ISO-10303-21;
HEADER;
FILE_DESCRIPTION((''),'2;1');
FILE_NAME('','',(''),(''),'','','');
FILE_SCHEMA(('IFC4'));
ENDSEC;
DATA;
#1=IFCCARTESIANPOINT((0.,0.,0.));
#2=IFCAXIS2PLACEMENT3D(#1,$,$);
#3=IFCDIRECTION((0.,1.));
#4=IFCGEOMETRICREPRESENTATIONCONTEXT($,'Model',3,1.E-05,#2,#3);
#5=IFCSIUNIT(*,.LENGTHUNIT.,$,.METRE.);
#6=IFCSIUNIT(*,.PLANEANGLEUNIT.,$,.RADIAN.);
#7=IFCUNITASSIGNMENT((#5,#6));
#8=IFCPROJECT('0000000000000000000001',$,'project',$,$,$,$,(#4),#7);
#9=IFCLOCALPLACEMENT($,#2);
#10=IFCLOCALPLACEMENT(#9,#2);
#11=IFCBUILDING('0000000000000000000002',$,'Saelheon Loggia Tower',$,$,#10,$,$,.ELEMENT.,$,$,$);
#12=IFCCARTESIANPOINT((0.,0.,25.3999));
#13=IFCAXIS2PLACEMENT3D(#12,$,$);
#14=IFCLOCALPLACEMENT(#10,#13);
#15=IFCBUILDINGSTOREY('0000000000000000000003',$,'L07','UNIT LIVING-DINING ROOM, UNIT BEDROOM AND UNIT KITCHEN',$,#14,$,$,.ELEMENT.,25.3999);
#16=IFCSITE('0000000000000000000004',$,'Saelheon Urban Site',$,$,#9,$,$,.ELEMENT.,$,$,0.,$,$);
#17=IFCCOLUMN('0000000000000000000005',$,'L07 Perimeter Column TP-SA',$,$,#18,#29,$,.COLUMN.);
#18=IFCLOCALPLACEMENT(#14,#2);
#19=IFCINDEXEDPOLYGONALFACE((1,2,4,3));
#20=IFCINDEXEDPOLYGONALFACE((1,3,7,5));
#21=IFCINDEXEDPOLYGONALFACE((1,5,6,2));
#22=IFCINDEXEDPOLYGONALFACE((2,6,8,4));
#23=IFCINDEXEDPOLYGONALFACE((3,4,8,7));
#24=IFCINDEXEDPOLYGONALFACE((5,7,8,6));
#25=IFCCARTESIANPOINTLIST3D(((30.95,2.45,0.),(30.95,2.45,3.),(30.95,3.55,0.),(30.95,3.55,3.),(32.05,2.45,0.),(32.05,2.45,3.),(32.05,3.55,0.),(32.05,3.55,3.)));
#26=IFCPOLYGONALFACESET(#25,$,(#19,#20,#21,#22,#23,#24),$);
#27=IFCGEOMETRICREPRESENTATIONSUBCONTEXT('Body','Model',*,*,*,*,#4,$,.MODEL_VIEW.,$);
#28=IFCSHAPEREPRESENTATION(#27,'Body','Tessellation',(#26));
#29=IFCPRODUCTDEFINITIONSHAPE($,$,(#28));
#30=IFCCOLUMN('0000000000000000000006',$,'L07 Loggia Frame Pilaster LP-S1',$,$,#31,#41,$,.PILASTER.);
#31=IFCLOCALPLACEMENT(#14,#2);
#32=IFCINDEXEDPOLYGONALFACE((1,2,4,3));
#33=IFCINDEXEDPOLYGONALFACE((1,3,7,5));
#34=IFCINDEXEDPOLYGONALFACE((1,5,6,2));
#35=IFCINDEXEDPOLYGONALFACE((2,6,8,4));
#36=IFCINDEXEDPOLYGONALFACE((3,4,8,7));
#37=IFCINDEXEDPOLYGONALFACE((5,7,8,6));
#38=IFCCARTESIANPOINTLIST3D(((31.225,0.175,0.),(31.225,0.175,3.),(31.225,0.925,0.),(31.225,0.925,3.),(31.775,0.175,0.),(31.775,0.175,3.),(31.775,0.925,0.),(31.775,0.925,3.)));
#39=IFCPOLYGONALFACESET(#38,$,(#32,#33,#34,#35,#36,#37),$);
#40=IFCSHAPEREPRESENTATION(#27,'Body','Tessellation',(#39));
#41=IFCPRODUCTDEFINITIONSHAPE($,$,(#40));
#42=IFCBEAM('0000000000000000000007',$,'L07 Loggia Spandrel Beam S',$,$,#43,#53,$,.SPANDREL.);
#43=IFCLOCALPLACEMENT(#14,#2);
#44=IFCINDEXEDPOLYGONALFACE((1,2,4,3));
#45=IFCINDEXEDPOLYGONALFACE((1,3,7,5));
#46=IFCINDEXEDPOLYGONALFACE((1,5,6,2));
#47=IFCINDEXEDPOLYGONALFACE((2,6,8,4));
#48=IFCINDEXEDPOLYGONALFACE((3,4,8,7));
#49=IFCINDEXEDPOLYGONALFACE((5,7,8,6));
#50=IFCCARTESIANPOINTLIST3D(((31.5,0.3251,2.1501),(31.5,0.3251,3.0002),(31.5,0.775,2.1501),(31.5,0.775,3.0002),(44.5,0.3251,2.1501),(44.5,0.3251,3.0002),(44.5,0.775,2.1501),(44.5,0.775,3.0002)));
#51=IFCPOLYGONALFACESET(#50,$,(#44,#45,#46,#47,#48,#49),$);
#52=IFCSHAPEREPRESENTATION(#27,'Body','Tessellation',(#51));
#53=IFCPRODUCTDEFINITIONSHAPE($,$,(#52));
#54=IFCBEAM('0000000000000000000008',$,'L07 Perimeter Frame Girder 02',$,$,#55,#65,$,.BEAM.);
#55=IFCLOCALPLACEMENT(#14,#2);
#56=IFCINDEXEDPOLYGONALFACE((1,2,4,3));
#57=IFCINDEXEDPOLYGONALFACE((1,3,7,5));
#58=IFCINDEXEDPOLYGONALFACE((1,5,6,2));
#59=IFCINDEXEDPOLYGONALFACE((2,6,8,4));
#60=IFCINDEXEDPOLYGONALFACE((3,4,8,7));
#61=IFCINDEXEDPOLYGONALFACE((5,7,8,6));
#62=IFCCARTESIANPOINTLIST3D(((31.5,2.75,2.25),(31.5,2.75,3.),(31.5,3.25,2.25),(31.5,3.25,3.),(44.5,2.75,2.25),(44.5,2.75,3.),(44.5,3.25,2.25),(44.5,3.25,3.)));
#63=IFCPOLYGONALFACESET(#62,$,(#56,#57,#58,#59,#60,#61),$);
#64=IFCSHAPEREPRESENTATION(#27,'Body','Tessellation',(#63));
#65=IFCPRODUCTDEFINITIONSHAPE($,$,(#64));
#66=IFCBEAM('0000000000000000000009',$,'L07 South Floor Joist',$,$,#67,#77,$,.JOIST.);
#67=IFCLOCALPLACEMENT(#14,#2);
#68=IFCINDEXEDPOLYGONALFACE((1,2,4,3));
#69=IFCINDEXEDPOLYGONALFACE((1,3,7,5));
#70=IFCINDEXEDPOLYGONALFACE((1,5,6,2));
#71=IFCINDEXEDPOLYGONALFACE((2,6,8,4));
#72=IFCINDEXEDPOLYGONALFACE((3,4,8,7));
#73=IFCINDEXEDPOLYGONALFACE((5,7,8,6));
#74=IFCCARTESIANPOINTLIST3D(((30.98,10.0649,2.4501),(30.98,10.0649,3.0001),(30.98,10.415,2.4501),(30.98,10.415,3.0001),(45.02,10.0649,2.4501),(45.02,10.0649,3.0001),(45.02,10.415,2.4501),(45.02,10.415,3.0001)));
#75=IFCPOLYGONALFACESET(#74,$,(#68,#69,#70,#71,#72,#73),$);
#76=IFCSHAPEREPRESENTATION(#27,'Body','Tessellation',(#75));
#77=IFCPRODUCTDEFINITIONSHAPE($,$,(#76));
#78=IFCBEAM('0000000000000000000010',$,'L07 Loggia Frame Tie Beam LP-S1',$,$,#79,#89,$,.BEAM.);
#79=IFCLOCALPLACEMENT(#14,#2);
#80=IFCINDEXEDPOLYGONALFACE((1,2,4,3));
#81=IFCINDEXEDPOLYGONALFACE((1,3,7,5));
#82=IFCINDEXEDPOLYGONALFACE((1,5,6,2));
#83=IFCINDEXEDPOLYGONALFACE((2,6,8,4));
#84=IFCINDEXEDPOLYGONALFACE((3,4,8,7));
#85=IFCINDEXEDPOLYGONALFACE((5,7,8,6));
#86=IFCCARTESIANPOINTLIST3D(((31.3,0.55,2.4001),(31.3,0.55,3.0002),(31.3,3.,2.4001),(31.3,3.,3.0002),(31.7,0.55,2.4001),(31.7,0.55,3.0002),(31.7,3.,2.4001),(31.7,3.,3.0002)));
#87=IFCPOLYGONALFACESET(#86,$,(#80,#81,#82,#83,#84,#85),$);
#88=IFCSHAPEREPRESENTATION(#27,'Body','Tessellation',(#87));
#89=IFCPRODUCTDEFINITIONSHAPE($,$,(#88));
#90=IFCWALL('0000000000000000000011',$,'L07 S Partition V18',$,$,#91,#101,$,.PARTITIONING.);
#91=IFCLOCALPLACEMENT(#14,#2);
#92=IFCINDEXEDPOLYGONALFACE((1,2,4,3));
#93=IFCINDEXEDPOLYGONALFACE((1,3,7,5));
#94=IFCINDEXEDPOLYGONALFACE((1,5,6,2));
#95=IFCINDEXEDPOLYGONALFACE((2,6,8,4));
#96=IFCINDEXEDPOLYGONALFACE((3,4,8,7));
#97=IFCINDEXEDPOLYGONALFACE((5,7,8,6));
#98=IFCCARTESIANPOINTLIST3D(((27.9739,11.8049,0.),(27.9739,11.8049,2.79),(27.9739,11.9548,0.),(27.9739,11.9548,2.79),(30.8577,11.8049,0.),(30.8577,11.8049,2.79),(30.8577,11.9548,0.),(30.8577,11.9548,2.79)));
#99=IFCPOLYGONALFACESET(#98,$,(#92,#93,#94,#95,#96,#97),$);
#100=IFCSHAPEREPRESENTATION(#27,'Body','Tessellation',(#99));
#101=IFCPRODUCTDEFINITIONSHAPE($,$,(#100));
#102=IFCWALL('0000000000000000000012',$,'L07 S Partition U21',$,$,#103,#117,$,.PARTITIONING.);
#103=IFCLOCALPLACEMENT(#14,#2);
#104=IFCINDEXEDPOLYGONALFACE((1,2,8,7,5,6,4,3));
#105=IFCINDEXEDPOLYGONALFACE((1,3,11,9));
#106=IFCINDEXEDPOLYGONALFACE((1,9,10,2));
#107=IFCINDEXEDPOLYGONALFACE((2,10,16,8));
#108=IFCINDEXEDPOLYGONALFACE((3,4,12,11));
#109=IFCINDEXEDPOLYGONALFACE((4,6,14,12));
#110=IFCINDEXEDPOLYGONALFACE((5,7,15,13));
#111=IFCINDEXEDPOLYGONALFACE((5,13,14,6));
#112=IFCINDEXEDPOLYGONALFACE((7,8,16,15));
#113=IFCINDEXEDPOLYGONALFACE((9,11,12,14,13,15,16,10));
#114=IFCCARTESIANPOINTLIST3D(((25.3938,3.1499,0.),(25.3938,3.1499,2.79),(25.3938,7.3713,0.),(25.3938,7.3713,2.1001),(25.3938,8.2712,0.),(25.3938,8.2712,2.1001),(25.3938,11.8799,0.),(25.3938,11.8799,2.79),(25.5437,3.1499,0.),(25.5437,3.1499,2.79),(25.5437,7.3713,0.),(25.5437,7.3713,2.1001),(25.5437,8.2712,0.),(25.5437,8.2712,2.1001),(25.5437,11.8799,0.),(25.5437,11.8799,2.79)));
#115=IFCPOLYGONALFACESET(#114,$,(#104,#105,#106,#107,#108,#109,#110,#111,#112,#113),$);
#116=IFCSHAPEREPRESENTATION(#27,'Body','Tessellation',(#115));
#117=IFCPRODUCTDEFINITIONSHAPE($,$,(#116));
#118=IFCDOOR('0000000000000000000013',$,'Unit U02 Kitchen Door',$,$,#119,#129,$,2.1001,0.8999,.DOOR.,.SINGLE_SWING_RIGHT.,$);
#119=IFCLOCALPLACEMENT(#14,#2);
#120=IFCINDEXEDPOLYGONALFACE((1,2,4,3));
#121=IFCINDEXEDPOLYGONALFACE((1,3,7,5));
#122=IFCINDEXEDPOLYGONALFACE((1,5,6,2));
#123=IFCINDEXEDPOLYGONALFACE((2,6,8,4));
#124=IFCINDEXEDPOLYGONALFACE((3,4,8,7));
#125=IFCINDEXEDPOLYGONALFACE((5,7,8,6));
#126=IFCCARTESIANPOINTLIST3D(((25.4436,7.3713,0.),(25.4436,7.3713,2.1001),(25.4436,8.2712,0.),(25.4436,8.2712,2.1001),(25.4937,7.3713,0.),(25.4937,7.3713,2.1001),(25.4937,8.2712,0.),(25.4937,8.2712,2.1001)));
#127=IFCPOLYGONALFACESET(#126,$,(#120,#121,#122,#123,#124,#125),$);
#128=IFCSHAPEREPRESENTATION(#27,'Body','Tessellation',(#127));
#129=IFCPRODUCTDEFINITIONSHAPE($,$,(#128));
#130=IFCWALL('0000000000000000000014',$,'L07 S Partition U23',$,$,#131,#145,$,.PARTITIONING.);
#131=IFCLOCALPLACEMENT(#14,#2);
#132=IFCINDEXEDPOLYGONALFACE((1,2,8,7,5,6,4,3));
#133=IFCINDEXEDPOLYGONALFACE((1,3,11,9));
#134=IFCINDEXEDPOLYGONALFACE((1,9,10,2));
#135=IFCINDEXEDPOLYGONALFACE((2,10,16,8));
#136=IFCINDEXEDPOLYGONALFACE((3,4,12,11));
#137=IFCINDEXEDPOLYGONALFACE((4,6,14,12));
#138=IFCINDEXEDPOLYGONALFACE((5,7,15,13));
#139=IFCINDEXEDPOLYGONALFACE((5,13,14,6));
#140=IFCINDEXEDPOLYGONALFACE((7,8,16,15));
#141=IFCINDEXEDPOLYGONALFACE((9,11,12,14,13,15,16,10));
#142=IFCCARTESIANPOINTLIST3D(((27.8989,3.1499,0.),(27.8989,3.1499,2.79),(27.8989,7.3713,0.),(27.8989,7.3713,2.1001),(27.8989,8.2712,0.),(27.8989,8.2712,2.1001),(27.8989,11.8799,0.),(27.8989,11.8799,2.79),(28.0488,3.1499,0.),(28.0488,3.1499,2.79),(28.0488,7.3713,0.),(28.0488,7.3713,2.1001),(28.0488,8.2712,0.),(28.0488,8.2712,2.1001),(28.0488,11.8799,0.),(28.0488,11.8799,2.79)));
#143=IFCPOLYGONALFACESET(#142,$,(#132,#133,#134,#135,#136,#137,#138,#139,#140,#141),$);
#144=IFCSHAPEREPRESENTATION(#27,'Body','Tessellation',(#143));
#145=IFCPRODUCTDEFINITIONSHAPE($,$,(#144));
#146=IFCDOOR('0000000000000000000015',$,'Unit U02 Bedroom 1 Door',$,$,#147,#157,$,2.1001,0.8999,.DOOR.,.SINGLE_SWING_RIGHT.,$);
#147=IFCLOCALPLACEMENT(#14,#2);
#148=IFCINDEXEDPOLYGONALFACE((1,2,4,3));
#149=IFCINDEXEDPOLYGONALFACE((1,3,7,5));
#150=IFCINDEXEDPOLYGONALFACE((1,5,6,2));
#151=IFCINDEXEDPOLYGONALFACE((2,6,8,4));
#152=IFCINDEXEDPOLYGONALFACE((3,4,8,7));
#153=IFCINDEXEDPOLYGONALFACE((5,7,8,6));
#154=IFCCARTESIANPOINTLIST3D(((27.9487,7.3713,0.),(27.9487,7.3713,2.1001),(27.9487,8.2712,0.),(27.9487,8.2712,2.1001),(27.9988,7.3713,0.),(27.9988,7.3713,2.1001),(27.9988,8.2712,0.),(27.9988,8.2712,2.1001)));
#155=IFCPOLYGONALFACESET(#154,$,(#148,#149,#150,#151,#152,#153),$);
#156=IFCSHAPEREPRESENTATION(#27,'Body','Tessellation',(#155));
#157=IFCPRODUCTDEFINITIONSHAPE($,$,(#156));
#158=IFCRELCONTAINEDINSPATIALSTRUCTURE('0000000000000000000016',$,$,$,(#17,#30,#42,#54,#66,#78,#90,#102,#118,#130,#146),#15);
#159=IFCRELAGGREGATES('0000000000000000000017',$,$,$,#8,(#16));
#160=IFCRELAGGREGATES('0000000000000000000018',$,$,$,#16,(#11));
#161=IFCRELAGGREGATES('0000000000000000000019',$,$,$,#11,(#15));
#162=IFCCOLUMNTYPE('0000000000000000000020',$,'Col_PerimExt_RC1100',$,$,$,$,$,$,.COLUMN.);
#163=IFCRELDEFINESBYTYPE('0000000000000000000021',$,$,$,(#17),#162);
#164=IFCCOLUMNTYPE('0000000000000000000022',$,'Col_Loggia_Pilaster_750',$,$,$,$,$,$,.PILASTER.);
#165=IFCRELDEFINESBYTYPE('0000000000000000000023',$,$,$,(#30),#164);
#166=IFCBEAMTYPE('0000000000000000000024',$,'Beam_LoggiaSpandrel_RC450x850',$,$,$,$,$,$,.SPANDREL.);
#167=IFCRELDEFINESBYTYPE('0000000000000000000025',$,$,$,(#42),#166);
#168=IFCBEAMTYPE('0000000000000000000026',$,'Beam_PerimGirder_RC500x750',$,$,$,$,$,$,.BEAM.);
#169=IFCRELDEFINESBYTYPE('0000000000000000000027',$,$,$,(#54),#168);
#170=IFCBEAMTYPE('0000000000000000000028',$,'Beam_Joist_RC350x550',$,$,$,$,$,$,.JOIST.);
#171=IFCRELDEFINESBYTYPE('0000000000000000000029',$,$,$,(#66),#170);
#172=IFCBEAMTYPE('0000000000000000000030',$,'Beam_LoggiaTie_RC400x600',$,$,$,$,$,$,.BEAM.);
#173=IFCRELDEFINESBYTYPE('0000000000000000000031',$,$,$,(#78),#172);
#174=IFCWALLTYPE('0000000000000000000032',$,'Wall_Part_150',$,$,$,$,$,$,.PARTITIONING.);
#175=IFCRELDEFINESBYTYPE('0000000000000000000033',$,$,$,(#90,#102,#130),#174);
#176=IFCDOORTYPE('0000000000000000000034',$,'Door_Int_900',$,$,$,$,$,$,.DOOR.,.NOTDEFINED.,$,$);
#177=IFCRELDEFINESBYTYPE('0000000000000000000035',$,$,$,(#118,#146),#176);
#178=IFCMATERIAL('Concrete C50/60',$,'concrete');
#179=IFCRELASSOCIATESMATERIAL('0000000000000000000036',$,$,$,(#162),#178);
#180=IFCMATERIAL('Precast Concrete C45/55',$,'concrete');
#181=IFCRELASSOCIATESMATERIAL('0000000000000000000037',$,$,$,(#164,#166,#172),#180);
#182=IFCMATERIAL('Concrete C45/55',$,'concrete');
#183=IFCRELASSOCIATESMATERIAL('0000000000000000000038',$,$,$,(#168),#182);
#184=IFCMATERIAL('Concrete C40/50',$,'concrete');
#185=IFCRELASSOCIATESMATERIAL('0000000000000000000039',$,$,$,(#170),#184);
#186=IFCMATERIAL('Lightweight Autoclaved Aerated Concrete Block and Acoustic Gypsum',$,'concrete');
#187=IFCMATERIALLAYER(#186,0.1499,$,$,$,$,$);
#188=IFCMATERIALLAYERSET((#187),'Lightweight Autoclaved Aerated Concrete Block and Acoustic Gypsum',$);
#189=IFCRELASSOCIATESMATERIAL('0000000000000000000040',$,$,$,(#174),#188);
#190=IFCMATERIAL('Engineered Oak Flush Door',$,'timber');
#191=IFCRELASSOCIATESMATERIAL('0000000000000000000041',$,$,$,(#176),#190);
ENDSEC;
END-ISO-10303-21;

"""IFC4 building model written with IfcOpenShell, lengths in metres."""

from ifc_helpers import new_model, si_unit, direction, frame, frame_2d, origin, origin_2d, place, context, subcontext, project, spatial, rectangle, extrude, source, transform, mapped, material, layer, layer_set, material_profile, profile_set, type_object, element, fill, save


model = new_model("IFC4")

# Units and contexts
model_context = context("Model", 3, precision=1e-05, world=origin(), true_north=direction((0.0, 1.0)))
body_context = subcontext(model_context, "Body", "Model", "MODEL_VIEW")
ifc_project = project(units=[si_unit("LENGTHUNIT", "METRE"), si_unit("PLANEANGLEUNIT", "RADIAN")], contexts=[model_context])

# Site, building, storey
site_placement = place(None, origin())
site = spatial("IfcSite", under=ifc_project, at=site_placement, Name="Saelheon Urban Site", CompositionType="ELEMENT", RefElevation=0.0)
building_placement = place(site_placement, origin())
building = spatial("IfcBuilding", under=site, at=building_placement, Name="Saelheon Loggia Tower", CompositionType="ELEMENT")
storey_placement = place(building_placement, frame((0.0, 0.0, 25.3999)))
storey = spatial("IfcBuildingStorey", under=building, at=storey_placement, Name="L07", Description="UNIT LIVING-DINING ROOM, UNIT BEDROOM AND UNIT KITCHEN", CompositionType="ELEMENT", Elevation=25.3999)

# Columns
ifc_material_1 = material(Name="Concrete C50/60", Category="concrete")
ifc_material_profile_1 = material_profile(ifc_material_1, rectangle(XDim=1.1001, YDim=1.1001, at=origin_2d()), Name="RC-1100x1100")
ifc_profile_set_1 = profile_set([ifc_material_profile_1], Name="Concrete C50/60")
column_type_1 = type_object("IfcColumnType", Name="Col_PerimExt_RC1100", PredefinedType="COLUMN", material=ifc_profile_set_1)
shared_shape_1 = source(origin(), body_context, "Body", "SweptSolid", [
    extrude(rectangle(XDim=1.1001, YDim=1.1001, at=origin_2d()), origin(), (0.0, 0.0, 1.0), 3.0),
])
column_1_placement = place(storey_placement, frame((31.5, 3.0, 0.0), z_axis=(0.0, 0.0, 1.0), x_axis=(1.0, 0.0, 0.0)))
element("IfcColumn", 1, at=column_1_placement, inside=storey, type_object=column_type_1, Name="L07 Perimeter Column TP-SA", PredefinedType="COLUMN", context=body_context, shape_type="MappedRepresentation", body=[
    mapped(shared_shape_1, transform((0.0, 0.0, 0.0), scale=1.0)),
])
ifc_material_2 = material(Name="Precast Concrete C45/55", Category="concrete")
ifc_material_profile_2 = material_profile(ifc_material_2, rectangle(XDim=0.55, YDim=0.75, at=origin_2d()), Name="RC-550x750")
ifc_profile_set_2 = profile_set([ifc_material_profile_2], Name="Precast Concrete C45/55")
column_type_2 = type_object("IfcColumnType", Name="Col_Loggia_Pilaster_750", PredefinedType="PILASTER", material=ifc_profile_set_2)
shared_shape_2 = source(origin(), body_context, "Body", "SweptSolid", [
    extrude(rectangle(XDim=0.55, YDim=0.75, at=origin_2d()), origin(), (0.0, 0.0, 1.0), 3.0),
])
column_2_placement = place(storey_placement, frame((31.5, 0.55, 0.0), z_axis=(0.0, 0.0, 1.0), x_axis=(1.0, 0.0, 0.0)))
element("IfcColumn", 2, at=column_2_placement, inside=storey, type_object=column_type_2, Name="L07 Loggia Frame Pilaster LP-S1", PredefinedType="PILASTER", context=body_context, shape_type="MappedRepresentation", body=[
    mapped(shared_shape_2, transform((0.0, 0.0, 0.0), scale=1.0)),
])

# Beams
ifc_material_profile_3 = material_profile(ifc_material_2, rectangle(XDim=0.45, YDim=0.8501, at=origin_2d()), Name="RC-450x850")
ifc_profile_set_3 = profile_set([ifc_material_profile_3], Name="Precast Concrete C45/55")
beam_type_1 = type_object("IfcBeamType", Name="Beam_LoggiaSpandrel_RC450x850", PredefinedType="SPANDREL", material=ifc_profile_set_3)
shared_shape_3 = source(origin(), body_context, "Body", "SweptSolid", [
    extrude(rectangle(XDim=0.45, YDim=0.8501, at=origin_2d()), origin(), (0.0, 0.0, 1.0), 13.0),
])
beam_1_placement = place(storey_placement, frame((31.5, 0.55, 2.5752), z_axis=(1.0, 0.0, 0.0), x_axis=(0.0, 1.0, 0.0)))
element("IfcBeam", 3, at=beam_1_placement, inside=storey, type_object=beam_type_1, Name="L07 Loggia Spandrel Beam S", PredefinedType="SPANDREL", context=body_context, shape_type="MappedRepresentation", body=[
    mapped(shared_shape_3, transform((0.0, 0.0, 0.0), scale=1.0)),
])
ifc_material_3 = material(Name="Concrete C45/55", Category="concrete")
ifc_material_profile_4 = material_profile(ifc_material_3, rectangle(XDim=0.5, YDim=0.75, at=origin_2d()), Name="RC-500x750")
ifc_profile_set_4 = profile_set([ifc_material_profile_4], Name="Concrete C45/55")
beam_type_2 = type_object("IfcBeamType", Name="Beam_PerimGirder_RC500x750", PredefinedType="BEAM", material=ifc_profile_set_4)
shared_shape_4 = source(origin(), body_context, "Body", "SweptSolid", [
    extrude(rectangle(XDim=0.5, YDim=0.75, at=origin_2d()), origin(), (0.0, 0.0, 1.0), 13.0),
])
beam_2_placement = place(storey_placement, frame((31.5, 3.0, 2.625), z_axis=(1.0, 0.0, 0.0), x_axis=(0.0, 1.0, 0.0)))
element("IfcBeam", 4, at=beam_2_placement, inside=storey, type_object=beam_type_2, Name="L07 Perimeter Frame Girder 02", PredefinedType="BEAM", context=body_context, shape_type="MappedRepresentation", body=[
    mapped(shared_shape_4, transform((0.0, 0.0, 0.0), scale=1.0)),
])
ifc_material_4 = material(Name="Concrete C40/50", Category="concrete")
ifc_material_profile_5 = material_profile(ifc_material_4, rectangle(XDim=0.3501, YDim=0.55, at=origin_2d()), Name="RC-350x550")
ifc_profile_set_5 = profile_set([ifc_material_profile_5], Name="Concrete C40/50")
beam_type_3 = type_object("IfcBeamType", Name="Beam_Joist_RC350x550", PredefinedType="JOIST", material=ifc_profile_set_5)
shared_shape_5 = source(origin(), body_context, "Body", "SweptSolid", [
    extrude(rectangle(XDim=0.3501, YDim=0.55, at=origin_2d()), origin(), (0.0, 0.0, 1.0), 14.04),
])
beam_3_placement = place(storey_placement, frame((30.98, 10.24, 2.7251), z_axis=(1.0, 0.0, 0.0), x_axis=(0.0, 1.0, 0.0)))
element("IfcBeam", 5, at=beam_3_placement, inside=storey, type_object=beam_type_3, Name="L07 South Floor Joist", PredefinedType="JOIST", context=body_context, shape_type="MappedRepresentation", body=[
    mapped(shared_shape_5, transform((0.0, 0.0, 0.0), scale=1.0)),
])
ifc_material_profile_6 = material_profile(ifc_material_2, rectangle(XDim=0.3999, YDim=0.6001, at=origin_2d()), Name="RC-400x600")
ifc_profile_set_6 = profile_set([ifc_material_profile_6], Name="Precast Concrete C45/55")
beam_type_4 = type_object("IfcBeamType", Name="Beam_LoggiaTie_RC400x600", PredefinedType="BEAM", material=ifc_profile_set_6)
shared_shape_6 = source(origin(), body_context, "Body", "SweptSolid", [
    extrude(rectangle(XDim=0.3999, YDim=0.6001, at=origin_2d()), origin(), (0.0, 0.0, 1.0), 2.45),
])
beam_4_placement = place(storey_placement, frame((31.5, 3.0, 2.7002), z_axis=(0.0, -1.0, 0.0), x_axis=(1.0, 0.0, 0.0)))
element("IfcBeam", 6, at=beam_4_placement, inside=storey, type_object=beam_type_4, Name="L07 Loggia Frame Tie Beam LP-S1", PredefinedType="BEAM", context=body_context, shape_type="MappedRepresentation", body=[
    mapped(shared_shape_6, transform((0.0, 0.0, 0.0), scale=1.0)),
])

# Wall
ifc_material_5 = material(Name="Lightweight Autoclaved Aerated Concrete Block and Acoustic Gypsum", Category="concrete")
ifc_layer_1 = layer(ifc_material_5, 0.1499)
ifc_layer_set_1 = layer_set([ifc_layer_1], Name="Lightweight Autoclaved Aerated Concrete Block and Acoustic Gypsum")
wall_type_1 = type_object("IfcWallType", Name="Wall_Part_150", PredefinedType="PARTITIONING", material=ifc_layer_set_1)
wall_1_placement = place(storey_placement, frame((27.9739, 11.8799, 0.0), z_axis=(0.0, 0.0, 1.0), x_axis=(1.0, 0.0, 0.0)))
element("IfcWall", 7, at=wall_1_placement, inside=storey, type_object=wall_type_1, Name="L07 S Partition V18", PredefinedType="PARTITIONING", context=body_context, shape_type="SweptSolid", body=[
    extrude(rectangle(XDim=2.8838, YDim=0.1499, at=frame_2d((1.4419, 0.0))), origin(), (0.0, 0.0, 1.0), 2.79),
])

# Walls, openings, doors
wall_2_placement = place(storey_placement, frame((25.4688, 11.8799, 0.0), z_axis=(0.0, 0.0, 1.0), x_axis=(0.0, -1.0, 0.0)))
wall_2 = element("IfcWall", 8, at=wall_2_placement, inside=storey, type_object=wall_type_1, Name="L07 S Partition U21", PredefinedType="PARTITIONING", context=body_context, shape_type="SweptSolid", body=[
    extrude(rectangle(XDim=8.73, YDim=0.1499, at=frame_2d((4.365, 0.0))), origin(), (0.0, 0.0, 1.0), 2.79),
])
opening_1_placement = place(wall_2_placement, frame((3.6086, 0.0, 0.0)))
opening_1 = element("IfcOpeningElement", 9, at=opening_1_placement, cuts=wall_2, PredefinedType="OPENING", context=body_context, shape_type="SweptSolid", body=[
    extrude(rectangle(XDim=0.8999, YDim=2.1001, at=frame_2d((0.45, 1.05))), frame((0.0, 0.0869, 0.0), z_axis=(0.0, -1.0, 0.0), x_axis=(1.0, 0.0, 0.0)), (0.0, 0.0, 1.0), 0.1738),
])
ifc_material_6 = material(Name="Engineered Oak Flush Door", Category="timber")
door_type = type_object("IfcDoorType", Name="Door_Int_900", OperationType="NOTDEFINED", PredefinedType="DOOR", material=ifc_material_6)
shared_shape_7 = source(origin(), body_context, "Body", "SweptSolid", [
    extrude(rectangle(XDim=0.8999, YDim=2.1001, at=frame_2d((0.45, 1.05))), frame((0.0, 0.0249, 0.0), z_axis=(0.0, -1.0, 0.0), x_axis=(1.0, 0.0, 0.0)), (0.0, 0.0, 1.0), 0.05),
])
door_1_placement = place(opening_1_placement, origin())
door_1 = element("IfcDoor", 10, at=door_1_placement, inside=storey, type_object=door_type, Name="Unit U02 Kitchen Door", OperationType="SINGLE_SWING_RIGHT", OverallHeight=2.1001, OverallWidth=0.8999, PredefinedType="DOOR", context=body_context, shape_type="MappedRepresentation", body=[
    mapped(shared_shape_7, transform((0.0, 0.0, 0.0), scale=1.0)),
])
fill(opening_1, door_1)
wall_3_placement = place(storey_placement, frame((27.9739, 11.8799, 0.0), z_axis=(0.0, 0.0, 1.0), x_axis=(0.0, -1.0, 0.0)))
wall_3 = element("IfcWall", 11, at=wall_3_placement, inside=storey, type_object=wall_type_1, Name="L07 S Partition U23", PredefinedType="PARTITIONING", context=body_context, shape_type="SweptSolid", body=[
    extrude(rectangle(XDim=8.73, YDim=0.1499, at=frame_2d((4.365, 0.0))), origin(), (0.0, 0.0, 1.0), 2.79),
])
opening_2_placement = place(wall_3_placement, frame((3.6086, 0.0, 0.0)))
opening_2 = element("IfcOpeningElement", 12, at=opening_2_placement, cuts=wall_3, PredefinedType="OPENING", context=body_context, shape_type="SweptSolid", body=[
    extrude(rectangle(XDim=0.8999, YDim=2.1001, at=frame_2d((0.45, 1.05))), frame((0.0, 0.0869, 0.0), z_axis=(0.0, -1.0, 0.0), x_axis=(1.0, 0.0, 0.0)), (0.0, 0.0, 1.0), 0.1738),
])
door_2_placement = place(opening_2_placement, origin())
door_2 = element("IfcDoor", 13, at=door_2_placement, inside=storey, type_object=door_type, Name="Unit U02 Bedroom 1 Door", OperationType="SINGLE_SWING_RIGHT", OverallHeight=2.1001, OverallWidth=0.8999, PredefinedType="DOOR", context=body_context, shape_type="MappedRepresentation", body=[
    mapped(shared_shape_7, transform((0.0, 0.0, 0.0), scale=1.0)),
])
fill(opening_2, door_2)

save(model, "model.ifc")
